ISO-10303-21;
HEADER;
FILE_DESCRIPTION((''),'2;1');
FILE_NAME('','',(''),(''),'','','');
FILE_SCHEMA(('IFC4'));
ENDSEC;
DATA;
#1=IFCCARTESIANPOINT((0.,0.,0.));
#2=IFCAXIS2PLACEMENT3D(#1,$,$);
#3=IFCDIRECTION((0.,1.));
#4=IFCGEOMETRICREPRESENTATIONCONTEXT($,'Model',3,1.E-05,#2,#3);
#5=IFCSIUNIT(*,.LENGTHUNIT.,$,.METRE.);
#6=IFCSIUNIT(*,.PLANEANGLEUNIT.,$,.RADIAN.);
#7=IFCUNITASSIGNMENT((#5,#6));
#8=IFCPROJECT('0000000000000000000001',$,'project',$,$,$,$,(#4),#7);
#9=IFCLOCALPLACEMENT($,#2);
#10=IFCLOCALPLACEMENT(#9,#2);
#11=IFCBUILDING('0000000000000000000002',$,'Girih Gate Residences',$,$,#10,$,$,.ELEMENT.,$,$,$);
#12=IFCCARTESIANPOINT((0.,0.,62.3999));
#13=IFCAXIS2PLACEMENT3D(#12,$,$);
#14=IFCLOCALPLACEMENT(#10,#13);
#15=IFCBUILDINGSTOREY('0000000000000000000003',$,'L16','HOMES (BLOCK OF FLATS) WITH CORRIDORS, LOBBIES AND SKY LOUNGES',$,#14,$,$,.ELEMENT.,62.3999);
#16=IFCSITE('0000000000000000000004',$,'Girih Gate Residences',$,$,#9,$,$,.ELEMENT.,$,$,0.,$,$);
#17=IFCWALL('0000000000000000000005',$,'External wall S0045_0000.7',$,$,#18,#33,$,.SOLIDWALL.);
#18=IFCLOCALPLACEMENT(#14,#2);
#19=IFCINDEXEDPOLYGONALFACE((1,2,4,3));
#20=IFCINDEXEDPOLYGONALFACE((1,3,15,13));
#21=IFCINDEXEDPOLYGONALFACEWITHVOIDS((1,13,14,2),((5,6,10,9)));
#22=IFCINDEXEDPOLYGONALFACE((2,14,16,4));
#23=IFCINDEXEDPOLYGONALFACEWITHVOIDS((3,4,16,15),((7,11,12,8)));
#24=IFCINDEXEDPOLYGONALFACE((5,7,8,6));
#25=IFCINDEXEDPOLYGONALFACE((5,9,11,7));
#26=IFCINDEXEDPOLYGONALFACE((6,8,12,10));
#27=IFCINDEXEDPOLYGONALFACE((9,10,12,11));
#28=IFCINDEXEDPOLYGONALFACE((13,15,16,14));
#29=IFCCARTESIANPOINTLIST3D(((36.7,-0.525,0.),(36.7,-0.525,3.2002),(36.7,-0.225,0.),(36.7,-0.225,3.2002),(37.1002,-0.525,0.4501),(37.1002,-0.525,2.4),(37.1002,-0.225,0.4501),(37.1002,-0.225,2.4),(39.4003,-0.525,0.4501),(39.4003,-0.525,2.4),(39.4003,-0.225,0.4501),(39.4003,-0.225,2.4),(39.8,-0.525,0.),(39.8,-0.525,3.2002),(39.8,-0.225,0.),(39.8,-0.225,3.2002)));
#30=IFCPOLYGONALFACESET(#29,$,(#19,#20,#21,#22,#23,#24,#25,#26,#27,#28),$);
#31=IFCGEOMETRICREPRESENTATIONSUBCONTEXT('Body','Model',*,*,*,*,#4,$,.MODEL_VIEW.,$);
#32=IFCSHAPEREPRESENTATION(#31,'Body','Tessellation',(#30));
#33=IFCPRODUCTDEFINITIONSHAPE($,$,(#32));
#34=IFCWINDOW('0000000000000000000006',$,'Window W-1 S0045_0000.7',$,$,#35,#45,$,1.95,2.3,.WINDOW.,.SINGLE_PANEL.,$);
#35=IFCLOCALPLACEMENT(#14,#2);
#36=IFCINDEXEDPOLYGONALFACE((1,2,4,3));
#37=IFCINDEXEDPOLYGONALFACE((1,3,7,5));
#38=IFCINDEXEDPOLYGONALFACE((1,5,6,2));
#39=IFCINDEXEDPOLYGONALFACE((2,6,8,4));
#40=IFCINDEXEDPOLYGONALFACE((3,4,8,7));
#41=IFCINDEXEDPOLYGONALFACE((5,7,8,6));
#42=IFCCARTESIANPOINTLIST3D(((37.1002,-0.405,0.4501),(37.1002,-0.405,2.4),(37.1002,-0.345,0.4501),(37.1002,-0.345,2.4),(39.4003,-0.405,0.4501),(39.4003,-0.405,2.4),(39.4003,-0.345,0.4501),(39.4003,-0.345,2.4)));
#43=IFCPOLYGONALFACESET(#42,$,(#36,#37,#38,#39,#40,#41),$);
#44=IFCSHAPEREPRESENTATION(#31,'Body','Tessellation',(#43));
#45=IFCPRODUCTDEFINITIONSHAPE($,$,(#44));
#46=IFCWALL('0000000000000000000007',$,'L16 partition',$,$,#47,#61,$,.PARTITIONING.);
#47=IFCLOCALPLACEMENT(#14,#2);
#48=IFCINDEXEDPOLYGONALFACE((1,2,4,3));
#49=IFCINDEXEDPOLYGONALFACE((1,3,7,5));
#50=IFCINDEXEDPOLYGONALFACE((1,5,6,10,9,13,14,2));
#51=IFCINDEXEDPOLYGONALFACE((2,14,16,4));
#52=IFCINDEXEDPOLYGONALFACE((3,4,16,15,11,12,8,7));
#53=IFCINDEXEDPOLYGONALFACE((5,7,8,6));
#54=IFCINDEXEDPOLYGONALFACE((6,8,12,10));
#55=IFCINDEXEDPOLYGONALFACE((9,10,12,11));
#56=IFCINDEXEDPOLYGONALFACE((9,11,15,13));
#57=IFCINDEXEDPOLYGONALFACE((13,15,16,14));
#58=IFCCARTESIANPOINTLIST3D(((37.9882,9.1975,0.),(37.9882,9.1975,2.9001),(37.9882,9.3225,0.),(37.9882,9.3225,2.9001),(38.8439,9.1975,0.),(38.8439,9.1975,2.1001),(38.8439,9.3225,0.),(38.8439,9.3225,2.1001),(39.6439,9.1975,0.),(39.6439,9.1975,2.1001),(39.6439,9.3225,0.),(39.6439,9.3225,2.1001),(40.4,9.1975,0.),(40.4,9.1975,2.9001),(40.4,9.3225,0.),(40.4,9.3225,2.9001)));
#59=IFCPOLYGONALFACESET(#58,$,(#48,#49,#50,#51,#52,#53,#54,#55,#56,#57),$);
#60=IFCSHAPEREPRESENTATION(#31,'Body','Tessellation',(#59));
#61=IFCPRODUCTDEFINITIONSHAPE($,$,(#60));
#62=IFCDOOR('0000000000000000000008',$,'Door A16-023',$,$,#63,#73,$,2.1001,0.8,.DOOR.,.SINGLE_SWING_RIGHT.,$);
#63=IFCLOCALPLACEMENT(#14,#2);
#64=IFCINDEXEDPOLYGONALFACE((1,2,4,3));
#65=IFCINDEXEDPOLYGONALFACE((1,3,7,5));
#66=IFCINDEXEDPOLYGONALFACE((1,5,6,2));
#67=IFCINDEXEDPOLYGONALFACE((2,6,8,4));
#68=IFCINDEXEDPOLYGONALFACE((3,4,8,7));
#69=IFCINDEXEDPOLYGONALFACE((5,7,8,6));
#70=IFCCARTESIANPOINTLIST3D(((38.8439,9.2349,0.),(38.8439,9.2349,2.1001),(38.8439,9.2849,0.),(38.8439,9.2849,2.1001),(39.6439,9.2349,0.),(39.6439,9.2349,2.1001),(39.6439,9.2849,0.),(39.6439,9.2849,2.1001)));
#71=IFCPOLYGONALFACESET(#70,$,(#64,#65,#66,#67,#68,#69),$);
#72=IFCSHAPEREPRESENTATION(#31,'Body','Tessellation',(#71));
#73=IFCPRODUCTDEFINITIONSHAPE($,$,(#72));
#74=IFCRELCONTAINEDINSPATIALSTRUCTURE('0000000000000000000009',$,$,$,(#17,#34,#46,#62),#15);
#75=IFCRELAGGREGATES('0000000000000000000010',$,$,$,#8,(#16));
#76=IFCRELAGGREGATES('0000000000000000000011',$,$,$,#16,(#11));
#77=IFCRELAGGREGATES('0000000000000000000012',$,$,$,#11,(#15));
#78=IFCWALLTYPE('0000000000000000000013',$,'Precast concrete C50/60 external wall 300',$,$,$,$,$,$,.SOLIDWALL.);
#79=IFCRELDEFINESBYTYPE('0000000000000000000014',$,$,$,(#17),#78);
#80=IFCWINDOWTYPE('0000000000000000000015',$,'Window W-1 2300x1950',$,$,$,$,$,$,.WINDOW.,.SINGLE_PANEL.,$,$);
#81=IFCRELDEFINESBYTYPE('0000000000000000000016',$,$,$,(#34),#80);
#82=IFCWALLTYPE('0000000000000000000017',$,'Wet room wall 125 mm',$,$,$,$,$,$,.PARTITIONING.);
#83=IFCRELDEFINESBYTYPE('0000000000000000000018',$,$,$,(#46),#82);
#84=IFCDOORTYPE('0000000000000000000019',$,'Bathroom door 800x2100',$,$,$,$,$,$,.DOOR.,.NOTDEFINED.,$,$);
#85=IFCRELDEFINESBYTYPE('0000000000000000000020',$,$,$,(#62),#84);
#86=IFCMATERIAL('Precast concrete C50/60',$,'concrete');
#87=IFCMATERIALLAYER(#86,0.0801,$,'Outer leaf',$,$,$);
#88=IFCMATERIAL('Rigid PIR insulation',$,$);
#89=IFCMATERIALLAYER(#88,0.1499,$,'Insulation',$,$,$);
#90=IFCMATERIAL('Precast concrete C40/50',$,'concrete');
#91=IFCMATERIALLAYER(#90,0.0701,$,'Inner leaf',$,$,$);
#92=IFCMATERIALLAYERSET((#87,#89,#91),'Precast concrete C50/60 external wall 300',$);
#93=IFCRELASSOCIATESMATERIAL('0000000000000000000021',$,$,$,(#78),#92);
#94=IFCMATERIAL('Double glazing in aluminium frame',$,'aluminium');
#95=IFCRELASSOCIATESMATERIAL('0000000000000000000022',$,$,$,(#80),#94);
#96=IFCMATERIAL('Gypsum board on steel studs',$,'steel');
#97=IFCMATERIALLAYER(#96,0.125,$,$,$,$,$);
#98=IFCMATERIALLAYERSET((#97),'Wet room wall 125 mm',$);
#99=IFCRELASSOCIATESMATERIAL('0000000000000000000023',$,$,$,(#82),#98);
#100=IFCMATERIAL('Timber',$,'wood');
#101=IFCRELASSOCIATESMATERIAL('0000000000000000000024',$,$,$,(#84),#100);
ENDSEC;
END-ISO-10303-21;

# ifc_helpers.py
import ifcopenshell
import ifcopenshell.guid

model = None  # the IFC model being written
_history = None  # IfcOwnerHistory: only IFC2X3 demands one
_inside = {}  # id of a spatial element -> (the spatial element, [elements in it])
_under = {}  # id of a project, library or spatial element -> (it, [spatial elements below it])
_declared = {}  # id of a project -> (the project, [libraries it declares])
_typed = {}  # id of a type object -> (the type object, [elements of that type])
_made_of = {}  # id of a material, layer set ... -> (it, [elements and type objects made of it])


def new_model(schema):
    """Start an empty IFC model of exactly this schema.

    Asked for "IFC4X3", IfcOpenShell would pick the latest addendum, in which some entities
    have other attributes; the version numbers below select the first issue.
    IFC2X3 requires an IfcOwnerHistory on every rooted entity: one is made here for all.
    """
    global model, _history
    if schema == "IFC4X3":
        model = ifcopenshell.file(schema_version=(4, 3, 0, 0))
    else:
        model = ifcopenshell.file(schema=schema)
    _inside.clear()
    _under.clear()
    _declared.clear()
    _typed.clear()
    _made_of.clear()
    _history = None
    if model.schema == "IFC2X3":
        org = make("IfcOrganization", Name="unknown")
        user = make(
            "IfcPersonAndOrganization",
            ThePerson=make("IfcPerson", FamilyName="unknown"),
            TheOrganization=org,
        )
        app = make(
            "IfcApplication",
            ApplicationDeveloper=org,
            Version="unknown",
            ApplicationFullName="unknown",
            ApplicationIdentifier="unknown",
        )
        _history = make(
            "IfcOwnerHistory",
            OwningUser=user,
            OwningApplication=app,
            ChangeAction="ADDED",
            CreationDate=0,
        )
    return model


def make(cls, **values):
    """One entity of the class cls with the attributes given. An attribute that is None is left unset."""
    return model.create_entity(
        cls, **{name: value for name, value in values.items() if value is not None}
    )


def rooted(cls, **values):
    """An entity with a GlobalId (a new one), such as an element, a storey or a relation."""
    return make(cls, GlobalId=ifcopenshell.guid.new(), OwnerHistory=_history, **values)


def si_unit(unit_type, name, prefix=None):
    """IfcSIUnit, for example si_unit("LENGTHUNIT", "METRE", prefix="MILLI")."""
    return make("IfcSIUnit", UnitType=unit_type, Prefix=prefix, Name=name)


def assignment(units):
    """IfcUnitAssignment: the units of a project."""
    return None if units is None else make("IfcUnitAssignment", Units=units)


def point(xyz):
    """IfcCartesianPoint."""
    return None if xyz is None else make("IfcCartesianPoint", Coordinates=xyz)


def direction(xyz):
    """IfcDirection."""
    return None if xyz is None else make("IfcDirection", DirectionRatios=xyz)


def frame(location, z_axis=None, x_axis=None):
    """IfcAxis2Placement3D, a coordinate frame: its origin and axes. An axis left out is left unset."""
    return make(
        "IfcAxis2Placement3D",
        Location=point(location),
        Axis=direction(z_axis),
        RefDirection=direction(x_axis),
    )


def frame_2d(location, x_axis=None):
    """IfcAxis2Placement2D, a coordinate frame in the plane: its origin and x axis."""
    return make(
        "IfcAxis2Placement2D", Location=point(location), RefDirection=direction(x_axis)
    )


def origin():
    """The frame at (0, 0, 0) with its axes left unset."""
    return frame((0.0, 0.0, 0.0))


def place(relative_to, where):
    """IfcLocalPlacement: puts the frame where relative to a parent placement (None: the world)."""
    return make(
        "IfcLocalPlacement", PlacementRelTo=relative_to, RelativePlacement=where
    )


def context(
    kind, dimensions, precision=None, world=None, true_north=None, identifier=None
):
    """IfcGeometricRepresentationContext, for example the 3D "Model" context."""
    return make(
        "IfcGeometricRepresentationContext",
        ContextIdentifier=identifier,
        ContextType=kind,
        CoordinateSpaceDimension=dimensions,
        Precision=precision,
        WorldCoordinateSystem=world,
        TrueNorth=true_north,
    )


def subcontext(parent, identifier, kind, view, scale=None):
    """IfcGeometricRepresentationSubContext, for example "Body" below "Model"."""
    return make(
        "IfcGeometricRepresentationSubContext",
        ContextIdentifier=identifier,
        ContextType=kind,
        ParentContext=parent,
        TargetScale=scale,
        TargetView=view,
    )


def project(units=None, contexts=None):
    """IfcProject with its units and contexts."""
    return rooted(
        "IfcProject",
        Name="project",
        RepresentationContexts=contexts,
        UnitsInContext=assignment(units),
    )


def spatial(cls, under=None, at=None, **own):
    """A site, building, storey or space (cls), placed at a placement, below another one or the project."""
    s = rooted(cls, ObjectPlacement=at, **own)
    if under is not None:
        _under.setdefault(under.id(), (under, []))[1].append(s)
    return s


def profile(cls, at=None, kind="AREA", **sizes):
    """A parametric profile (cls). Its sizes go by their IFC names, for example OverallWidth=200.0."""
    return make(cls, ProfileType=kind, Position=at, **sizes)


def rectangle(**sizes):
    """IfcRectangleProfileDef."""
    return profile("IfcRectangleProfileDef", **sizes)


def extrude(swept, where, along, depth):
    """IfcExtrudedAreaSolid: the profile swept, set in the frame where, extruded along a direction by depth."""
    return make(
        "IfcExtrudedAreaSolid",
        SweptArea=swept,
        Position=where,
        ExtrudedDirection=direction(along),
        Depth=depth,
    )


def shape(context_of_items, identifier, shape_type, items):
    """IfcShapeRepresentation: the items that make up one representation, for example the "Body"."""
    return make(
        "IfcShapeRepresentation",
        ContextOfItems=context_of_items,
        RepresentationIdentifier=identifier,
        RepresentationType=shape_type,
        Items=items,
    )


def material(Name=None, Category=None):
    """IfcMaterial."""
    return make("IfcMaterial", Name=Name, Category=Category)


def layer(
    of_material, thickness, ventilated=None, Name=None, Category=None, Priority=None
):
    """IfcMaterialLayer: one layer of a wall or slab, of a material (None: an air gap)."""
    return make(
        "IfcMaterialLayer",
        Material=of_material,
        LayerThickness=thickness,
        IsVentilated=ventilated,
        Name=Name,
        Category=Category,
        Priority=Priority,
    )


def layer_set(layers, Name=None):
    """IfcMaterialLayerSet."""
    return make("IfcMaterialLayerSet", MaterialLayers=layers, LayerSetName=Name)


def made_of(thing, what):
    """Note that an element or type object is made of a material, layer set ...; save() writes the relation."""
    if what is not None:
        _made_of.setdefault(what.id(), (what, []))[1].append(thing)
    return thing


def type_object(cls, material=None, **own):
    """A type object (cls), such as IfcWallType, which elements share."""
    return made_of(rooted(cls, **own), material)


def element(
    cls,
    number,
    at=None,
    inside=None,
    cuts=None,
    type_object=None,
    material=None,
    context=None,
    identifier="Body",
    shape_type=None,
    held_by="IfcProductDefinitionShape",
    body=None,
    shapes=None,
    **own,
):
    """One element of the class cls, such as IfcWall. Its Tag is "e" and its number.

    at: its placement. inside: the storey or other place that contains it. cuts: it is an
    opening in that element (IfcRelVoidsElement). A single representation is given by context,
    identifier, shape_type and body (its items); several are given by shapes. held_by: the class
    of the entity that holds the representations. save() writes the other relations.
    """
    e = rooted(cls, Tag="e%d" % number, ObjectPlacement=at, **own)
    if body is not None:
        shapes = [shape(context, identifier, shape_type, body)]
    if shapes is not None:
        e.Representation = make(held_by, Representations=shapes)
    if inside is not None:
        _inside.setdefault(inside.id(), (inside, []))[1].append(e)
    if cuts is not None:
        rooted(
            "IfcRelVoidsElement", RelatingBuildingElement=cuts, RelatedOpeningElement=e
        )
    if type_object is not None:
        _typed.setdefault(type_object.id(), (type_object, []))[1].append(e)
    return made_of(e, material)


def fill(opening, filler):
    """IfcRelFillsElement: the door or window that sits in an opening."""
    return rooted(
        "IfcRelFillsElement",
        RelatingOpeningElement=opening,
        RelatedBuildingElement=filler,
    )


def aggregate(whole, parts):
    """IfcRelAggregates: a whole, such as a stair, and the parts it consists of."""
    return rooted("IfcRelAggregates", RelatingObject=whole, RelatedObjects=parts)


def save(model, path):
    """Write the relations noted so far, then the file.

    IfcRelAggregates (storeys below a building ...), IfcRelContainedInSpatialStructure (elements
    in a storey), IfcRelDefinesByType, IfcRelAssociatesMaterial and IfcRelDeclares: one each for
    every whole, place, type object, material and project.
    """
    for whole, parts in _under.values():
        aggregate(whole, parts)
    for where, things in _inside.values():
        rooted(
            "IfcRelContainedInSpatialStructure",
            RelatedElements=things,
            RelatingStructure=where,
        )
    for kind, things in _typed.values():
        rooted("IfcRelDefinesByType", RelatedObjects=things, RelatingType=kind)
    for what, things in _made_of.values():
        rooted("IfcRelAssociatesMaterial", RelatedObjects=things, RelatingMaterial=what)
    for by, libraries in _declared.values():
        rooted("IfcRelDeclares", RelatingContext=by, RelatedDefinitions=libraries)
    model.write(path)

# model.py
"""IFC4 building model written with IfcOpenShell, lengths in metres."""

from ifc_helpers import new_model, si_unit, direction, frame, frame_2d, origin, place, context, subcontext, project, spatial, rectangle, extrude, material, layer, layer_set, type_object, element, fill, save


model = new_model("IFC4")

# Units and contexts
model_context = context("Model", 3, precision=1e-05, world=origin(), true_north=direction((0.0, 1.0)))
body_context = subcontext(model_context, "Body", "Model", "MODEL_VIEW")
ifc_project = project(units=[si_unit("LENGTHUNIT", "METRE"), si_unit("PLANEANGLEUNIT", "RADIAN")], contexts=[model_context])

# Site, building, storey
site_placement = place(None, origin())
site = spatial("IfcSite", under=ifc_project, at=site_placement, Name="Girih Gate Residences", CompositionType="ELEMENT", RefElevation=0.0)
building_placement = place(site_placement, origin())
building = spatial("IfcBuilding", under=site, at=building_placement, Name="Girih Gate Residences", CompositionType="ELEMENT")
storey_placement = place(building_placement, frame((0.0, 0.0, 62.3999)))
storey = spatial("IfcBuildingStorey", under=building, at=storey_placement, Name="L16", Description="HOMES (BLOCK OF FLATS) WITH CORRIDORS, LOBBIES AND SKY LOUNGES", CompositionType="ELEMENT", Elevation=62.3999)

# Shared definitions
ifc_material_1 = material(Name="Gypsum board on steel studs", Category="steel")

# Shared definitions
ifc_material_2 = material(Name="Timber", Category="wood")

# Wall, opening, window
ifc_material_3 = material(Name="Precast concrete C50/60", Category="concrete")
ifc_layer_1 = layer(ifc_material_3, 0.0801, Name="Outer leaf")
ifc_material_4 = material(Name="Rigid PIR insulation")
ifc_layer_2 = layer(ifc_material_4, 0.1499, Name="Insulation")
ifc_material_5 = material(Name="Precast concrete C40/50", Category="concrete")
ifc_layer_3 = layer(ifc_material_5, 0.0701, Name="Inner leaf")
ifc_layer_set_1 = layer_set([ifc_layer_1, ifc_layer_2, ifc_layer_3], Name="Precast concrete C50/60 external wall 300")
wall_type_1 = type_object("IfcWallType", Name="Precast concrete C50/60 external wall 300", PredefinedType="SOLIDWALL", material=ifc_layer_set_1)
ifc_material_6 = material(Name="Double glazing in aluminium frame", Category="aluminium")
window_type = type_object("IfcWindowType", Name="Window W-1 2300x1950", PartitioningType="SINGLE_PANEL", PredefinedType="WINDOW", material=ifc_material_6)
wall_1_placement = place(storey_placement, frame((39.8, -0.375, 0.0), z_axis=(0.0, 0.0, 1.0), x_axis=(-1.0, 0.0, 0.0)))
wall_1 = element("IfcWall", 1, at=wall_1_placement, inside=storey, type_object=wall_type_1, Name="External wall S0045_0000.7", PredefinedType="SOLIDWALL", context=body_context, shape_type="SweptSolid", body=[
    extrude(rectangle(XDim=3.1001, YDim=0.3, at=frame_2d((1.55, 0.0))), origin(), (0.0, 0.0, 1.0), 3.2002),
])
opening_1_placement = place(wall_1_placement, frame((0.3999, 0.0, 0.45)))
opening_1 = element("IfcOpeningElement", 2, at=opening_1_placement, cuts=wall_1, PredefinedType="OPENING", context=body_context, shape_type="SweptSolid", body=[
    extrude(rectangle(XDim=2.3, YDim=1.95, at=frame_2d((1.1499, 0.9751))), frame((0.0, 0.1599, 0.0), z_axis=(0.0, -1.0, 0.0), x_axis=(1.0, 0.0, 0.0)), (0.0, 0.0, 1.0), 0.3201),
])
window_1_placement = place(opening_1_placement, origin())
window_1 = element("IfcWindow", 3, at=window_1_placement, inside=storey, type_object=window_type, Name="Window W-1 S0045_0000.7", OverallHeight=1.95, OverallWidth=2.3, PartitioningType="SINGLE_PANEL", PredefinedType="WINDOW", context=body_context, shape_type="SweptSolid", body=[
    extrude(rectangle(XDim=2.3, YDim=1.95, at=frame_2d((1.1499, 0.9751))), frame((0.0, 0.03, 0.0), z_axis=(0.0, -1.0, 0.0), x_axis=(1.0, 0.0, 0.0)), (0.0, 0.0, 1.0), 0.0601),
])
fill(opening_1, window_1)

# Wall, opening, door
ifc_layer_4 = layer(ifc_material_1, 0.125)
ifc_layer_set_2 = layer_set([ifc_layer_4], Name="Wet room wall 125 mm")
wall_type_2 = type_object("IfcWallType", Name="Wet room wall 125 mm", PredefinedType="PARTITIONING", material=ifc_layer_set_2)
wall_2_placement = place(storey_placement, frame((37.988, 9.26, 0.0), z_axis=(0.0, 0.0, 1.0), x_axis=(1.0, 0.0, 0.0)))
wall_2 = element("IfcWall", 4, at=wall_2_placement, inside=storey, type_object=wall_type_2, Name="L16 partition", PredefinedType="PARTITIONING", context=body_context, shape_type="SweptSolid", body=[
    extrude(rectangle(XDim=2.4119, YDim=0.125, at=frame_2d((1.2061, 0.0))), origin(), (0.0, 0.0, 1.0), 2.9001),
])
opening_2_placement = place(wall_2_placement, frame((0.856, 0.0, 0.0)))
opening_2 = element("IfcOpeningElement", 5, at=opening_2_placement, cuts=wall_2, PredefinedType="OPENING", context=body_context, shape_type="SweptSolid", body=[
    extrude(rectangle(XDim=0.8, YDim=2.1001, at=frame_2d((0.3999, 1.05))), frame((0.0, 0.0725, 0.0), z_axis=(0.0, -1.0, 0.0), x_axis=(1.0, 0.0, 0.0)), (0.0, 0.0, 1.0), 0.145),
])
door_type_1 = type_object("IfcDoorType", Name="Bathroom door 800x2100", OperationType="NOTDEFINED", PredefinedType="DOOR", material=ifc_material_2)
door_1_placement = place(opening_2_placement, origin())
door_1 = element("IfcDoor", 6, at=door_1_placement, inside=storey, type_object=door_type_1, Name="Door A16-023", OperationType="SINGLE_SWING_RIGHT", OverallHeight=2.1001, OverallWidth=0.8, PredefinedType="DOOR", context=body_context, shape_type="SweptSolid", body=[
    extrude(rectangle(XDim=0.8, YDim=2.1001, at=frame_2d((0.3999, 1.05))), frame((0.0, 0.0249, 0.0), z_axis=(0.0, -1.0, 0.0), x_axis=(1.0, 0.0, 0.0)), (0.0, 0.0, 1.0), 0.05),
])
fill(opening_2, door_1)

save(model, "model.ifc")
